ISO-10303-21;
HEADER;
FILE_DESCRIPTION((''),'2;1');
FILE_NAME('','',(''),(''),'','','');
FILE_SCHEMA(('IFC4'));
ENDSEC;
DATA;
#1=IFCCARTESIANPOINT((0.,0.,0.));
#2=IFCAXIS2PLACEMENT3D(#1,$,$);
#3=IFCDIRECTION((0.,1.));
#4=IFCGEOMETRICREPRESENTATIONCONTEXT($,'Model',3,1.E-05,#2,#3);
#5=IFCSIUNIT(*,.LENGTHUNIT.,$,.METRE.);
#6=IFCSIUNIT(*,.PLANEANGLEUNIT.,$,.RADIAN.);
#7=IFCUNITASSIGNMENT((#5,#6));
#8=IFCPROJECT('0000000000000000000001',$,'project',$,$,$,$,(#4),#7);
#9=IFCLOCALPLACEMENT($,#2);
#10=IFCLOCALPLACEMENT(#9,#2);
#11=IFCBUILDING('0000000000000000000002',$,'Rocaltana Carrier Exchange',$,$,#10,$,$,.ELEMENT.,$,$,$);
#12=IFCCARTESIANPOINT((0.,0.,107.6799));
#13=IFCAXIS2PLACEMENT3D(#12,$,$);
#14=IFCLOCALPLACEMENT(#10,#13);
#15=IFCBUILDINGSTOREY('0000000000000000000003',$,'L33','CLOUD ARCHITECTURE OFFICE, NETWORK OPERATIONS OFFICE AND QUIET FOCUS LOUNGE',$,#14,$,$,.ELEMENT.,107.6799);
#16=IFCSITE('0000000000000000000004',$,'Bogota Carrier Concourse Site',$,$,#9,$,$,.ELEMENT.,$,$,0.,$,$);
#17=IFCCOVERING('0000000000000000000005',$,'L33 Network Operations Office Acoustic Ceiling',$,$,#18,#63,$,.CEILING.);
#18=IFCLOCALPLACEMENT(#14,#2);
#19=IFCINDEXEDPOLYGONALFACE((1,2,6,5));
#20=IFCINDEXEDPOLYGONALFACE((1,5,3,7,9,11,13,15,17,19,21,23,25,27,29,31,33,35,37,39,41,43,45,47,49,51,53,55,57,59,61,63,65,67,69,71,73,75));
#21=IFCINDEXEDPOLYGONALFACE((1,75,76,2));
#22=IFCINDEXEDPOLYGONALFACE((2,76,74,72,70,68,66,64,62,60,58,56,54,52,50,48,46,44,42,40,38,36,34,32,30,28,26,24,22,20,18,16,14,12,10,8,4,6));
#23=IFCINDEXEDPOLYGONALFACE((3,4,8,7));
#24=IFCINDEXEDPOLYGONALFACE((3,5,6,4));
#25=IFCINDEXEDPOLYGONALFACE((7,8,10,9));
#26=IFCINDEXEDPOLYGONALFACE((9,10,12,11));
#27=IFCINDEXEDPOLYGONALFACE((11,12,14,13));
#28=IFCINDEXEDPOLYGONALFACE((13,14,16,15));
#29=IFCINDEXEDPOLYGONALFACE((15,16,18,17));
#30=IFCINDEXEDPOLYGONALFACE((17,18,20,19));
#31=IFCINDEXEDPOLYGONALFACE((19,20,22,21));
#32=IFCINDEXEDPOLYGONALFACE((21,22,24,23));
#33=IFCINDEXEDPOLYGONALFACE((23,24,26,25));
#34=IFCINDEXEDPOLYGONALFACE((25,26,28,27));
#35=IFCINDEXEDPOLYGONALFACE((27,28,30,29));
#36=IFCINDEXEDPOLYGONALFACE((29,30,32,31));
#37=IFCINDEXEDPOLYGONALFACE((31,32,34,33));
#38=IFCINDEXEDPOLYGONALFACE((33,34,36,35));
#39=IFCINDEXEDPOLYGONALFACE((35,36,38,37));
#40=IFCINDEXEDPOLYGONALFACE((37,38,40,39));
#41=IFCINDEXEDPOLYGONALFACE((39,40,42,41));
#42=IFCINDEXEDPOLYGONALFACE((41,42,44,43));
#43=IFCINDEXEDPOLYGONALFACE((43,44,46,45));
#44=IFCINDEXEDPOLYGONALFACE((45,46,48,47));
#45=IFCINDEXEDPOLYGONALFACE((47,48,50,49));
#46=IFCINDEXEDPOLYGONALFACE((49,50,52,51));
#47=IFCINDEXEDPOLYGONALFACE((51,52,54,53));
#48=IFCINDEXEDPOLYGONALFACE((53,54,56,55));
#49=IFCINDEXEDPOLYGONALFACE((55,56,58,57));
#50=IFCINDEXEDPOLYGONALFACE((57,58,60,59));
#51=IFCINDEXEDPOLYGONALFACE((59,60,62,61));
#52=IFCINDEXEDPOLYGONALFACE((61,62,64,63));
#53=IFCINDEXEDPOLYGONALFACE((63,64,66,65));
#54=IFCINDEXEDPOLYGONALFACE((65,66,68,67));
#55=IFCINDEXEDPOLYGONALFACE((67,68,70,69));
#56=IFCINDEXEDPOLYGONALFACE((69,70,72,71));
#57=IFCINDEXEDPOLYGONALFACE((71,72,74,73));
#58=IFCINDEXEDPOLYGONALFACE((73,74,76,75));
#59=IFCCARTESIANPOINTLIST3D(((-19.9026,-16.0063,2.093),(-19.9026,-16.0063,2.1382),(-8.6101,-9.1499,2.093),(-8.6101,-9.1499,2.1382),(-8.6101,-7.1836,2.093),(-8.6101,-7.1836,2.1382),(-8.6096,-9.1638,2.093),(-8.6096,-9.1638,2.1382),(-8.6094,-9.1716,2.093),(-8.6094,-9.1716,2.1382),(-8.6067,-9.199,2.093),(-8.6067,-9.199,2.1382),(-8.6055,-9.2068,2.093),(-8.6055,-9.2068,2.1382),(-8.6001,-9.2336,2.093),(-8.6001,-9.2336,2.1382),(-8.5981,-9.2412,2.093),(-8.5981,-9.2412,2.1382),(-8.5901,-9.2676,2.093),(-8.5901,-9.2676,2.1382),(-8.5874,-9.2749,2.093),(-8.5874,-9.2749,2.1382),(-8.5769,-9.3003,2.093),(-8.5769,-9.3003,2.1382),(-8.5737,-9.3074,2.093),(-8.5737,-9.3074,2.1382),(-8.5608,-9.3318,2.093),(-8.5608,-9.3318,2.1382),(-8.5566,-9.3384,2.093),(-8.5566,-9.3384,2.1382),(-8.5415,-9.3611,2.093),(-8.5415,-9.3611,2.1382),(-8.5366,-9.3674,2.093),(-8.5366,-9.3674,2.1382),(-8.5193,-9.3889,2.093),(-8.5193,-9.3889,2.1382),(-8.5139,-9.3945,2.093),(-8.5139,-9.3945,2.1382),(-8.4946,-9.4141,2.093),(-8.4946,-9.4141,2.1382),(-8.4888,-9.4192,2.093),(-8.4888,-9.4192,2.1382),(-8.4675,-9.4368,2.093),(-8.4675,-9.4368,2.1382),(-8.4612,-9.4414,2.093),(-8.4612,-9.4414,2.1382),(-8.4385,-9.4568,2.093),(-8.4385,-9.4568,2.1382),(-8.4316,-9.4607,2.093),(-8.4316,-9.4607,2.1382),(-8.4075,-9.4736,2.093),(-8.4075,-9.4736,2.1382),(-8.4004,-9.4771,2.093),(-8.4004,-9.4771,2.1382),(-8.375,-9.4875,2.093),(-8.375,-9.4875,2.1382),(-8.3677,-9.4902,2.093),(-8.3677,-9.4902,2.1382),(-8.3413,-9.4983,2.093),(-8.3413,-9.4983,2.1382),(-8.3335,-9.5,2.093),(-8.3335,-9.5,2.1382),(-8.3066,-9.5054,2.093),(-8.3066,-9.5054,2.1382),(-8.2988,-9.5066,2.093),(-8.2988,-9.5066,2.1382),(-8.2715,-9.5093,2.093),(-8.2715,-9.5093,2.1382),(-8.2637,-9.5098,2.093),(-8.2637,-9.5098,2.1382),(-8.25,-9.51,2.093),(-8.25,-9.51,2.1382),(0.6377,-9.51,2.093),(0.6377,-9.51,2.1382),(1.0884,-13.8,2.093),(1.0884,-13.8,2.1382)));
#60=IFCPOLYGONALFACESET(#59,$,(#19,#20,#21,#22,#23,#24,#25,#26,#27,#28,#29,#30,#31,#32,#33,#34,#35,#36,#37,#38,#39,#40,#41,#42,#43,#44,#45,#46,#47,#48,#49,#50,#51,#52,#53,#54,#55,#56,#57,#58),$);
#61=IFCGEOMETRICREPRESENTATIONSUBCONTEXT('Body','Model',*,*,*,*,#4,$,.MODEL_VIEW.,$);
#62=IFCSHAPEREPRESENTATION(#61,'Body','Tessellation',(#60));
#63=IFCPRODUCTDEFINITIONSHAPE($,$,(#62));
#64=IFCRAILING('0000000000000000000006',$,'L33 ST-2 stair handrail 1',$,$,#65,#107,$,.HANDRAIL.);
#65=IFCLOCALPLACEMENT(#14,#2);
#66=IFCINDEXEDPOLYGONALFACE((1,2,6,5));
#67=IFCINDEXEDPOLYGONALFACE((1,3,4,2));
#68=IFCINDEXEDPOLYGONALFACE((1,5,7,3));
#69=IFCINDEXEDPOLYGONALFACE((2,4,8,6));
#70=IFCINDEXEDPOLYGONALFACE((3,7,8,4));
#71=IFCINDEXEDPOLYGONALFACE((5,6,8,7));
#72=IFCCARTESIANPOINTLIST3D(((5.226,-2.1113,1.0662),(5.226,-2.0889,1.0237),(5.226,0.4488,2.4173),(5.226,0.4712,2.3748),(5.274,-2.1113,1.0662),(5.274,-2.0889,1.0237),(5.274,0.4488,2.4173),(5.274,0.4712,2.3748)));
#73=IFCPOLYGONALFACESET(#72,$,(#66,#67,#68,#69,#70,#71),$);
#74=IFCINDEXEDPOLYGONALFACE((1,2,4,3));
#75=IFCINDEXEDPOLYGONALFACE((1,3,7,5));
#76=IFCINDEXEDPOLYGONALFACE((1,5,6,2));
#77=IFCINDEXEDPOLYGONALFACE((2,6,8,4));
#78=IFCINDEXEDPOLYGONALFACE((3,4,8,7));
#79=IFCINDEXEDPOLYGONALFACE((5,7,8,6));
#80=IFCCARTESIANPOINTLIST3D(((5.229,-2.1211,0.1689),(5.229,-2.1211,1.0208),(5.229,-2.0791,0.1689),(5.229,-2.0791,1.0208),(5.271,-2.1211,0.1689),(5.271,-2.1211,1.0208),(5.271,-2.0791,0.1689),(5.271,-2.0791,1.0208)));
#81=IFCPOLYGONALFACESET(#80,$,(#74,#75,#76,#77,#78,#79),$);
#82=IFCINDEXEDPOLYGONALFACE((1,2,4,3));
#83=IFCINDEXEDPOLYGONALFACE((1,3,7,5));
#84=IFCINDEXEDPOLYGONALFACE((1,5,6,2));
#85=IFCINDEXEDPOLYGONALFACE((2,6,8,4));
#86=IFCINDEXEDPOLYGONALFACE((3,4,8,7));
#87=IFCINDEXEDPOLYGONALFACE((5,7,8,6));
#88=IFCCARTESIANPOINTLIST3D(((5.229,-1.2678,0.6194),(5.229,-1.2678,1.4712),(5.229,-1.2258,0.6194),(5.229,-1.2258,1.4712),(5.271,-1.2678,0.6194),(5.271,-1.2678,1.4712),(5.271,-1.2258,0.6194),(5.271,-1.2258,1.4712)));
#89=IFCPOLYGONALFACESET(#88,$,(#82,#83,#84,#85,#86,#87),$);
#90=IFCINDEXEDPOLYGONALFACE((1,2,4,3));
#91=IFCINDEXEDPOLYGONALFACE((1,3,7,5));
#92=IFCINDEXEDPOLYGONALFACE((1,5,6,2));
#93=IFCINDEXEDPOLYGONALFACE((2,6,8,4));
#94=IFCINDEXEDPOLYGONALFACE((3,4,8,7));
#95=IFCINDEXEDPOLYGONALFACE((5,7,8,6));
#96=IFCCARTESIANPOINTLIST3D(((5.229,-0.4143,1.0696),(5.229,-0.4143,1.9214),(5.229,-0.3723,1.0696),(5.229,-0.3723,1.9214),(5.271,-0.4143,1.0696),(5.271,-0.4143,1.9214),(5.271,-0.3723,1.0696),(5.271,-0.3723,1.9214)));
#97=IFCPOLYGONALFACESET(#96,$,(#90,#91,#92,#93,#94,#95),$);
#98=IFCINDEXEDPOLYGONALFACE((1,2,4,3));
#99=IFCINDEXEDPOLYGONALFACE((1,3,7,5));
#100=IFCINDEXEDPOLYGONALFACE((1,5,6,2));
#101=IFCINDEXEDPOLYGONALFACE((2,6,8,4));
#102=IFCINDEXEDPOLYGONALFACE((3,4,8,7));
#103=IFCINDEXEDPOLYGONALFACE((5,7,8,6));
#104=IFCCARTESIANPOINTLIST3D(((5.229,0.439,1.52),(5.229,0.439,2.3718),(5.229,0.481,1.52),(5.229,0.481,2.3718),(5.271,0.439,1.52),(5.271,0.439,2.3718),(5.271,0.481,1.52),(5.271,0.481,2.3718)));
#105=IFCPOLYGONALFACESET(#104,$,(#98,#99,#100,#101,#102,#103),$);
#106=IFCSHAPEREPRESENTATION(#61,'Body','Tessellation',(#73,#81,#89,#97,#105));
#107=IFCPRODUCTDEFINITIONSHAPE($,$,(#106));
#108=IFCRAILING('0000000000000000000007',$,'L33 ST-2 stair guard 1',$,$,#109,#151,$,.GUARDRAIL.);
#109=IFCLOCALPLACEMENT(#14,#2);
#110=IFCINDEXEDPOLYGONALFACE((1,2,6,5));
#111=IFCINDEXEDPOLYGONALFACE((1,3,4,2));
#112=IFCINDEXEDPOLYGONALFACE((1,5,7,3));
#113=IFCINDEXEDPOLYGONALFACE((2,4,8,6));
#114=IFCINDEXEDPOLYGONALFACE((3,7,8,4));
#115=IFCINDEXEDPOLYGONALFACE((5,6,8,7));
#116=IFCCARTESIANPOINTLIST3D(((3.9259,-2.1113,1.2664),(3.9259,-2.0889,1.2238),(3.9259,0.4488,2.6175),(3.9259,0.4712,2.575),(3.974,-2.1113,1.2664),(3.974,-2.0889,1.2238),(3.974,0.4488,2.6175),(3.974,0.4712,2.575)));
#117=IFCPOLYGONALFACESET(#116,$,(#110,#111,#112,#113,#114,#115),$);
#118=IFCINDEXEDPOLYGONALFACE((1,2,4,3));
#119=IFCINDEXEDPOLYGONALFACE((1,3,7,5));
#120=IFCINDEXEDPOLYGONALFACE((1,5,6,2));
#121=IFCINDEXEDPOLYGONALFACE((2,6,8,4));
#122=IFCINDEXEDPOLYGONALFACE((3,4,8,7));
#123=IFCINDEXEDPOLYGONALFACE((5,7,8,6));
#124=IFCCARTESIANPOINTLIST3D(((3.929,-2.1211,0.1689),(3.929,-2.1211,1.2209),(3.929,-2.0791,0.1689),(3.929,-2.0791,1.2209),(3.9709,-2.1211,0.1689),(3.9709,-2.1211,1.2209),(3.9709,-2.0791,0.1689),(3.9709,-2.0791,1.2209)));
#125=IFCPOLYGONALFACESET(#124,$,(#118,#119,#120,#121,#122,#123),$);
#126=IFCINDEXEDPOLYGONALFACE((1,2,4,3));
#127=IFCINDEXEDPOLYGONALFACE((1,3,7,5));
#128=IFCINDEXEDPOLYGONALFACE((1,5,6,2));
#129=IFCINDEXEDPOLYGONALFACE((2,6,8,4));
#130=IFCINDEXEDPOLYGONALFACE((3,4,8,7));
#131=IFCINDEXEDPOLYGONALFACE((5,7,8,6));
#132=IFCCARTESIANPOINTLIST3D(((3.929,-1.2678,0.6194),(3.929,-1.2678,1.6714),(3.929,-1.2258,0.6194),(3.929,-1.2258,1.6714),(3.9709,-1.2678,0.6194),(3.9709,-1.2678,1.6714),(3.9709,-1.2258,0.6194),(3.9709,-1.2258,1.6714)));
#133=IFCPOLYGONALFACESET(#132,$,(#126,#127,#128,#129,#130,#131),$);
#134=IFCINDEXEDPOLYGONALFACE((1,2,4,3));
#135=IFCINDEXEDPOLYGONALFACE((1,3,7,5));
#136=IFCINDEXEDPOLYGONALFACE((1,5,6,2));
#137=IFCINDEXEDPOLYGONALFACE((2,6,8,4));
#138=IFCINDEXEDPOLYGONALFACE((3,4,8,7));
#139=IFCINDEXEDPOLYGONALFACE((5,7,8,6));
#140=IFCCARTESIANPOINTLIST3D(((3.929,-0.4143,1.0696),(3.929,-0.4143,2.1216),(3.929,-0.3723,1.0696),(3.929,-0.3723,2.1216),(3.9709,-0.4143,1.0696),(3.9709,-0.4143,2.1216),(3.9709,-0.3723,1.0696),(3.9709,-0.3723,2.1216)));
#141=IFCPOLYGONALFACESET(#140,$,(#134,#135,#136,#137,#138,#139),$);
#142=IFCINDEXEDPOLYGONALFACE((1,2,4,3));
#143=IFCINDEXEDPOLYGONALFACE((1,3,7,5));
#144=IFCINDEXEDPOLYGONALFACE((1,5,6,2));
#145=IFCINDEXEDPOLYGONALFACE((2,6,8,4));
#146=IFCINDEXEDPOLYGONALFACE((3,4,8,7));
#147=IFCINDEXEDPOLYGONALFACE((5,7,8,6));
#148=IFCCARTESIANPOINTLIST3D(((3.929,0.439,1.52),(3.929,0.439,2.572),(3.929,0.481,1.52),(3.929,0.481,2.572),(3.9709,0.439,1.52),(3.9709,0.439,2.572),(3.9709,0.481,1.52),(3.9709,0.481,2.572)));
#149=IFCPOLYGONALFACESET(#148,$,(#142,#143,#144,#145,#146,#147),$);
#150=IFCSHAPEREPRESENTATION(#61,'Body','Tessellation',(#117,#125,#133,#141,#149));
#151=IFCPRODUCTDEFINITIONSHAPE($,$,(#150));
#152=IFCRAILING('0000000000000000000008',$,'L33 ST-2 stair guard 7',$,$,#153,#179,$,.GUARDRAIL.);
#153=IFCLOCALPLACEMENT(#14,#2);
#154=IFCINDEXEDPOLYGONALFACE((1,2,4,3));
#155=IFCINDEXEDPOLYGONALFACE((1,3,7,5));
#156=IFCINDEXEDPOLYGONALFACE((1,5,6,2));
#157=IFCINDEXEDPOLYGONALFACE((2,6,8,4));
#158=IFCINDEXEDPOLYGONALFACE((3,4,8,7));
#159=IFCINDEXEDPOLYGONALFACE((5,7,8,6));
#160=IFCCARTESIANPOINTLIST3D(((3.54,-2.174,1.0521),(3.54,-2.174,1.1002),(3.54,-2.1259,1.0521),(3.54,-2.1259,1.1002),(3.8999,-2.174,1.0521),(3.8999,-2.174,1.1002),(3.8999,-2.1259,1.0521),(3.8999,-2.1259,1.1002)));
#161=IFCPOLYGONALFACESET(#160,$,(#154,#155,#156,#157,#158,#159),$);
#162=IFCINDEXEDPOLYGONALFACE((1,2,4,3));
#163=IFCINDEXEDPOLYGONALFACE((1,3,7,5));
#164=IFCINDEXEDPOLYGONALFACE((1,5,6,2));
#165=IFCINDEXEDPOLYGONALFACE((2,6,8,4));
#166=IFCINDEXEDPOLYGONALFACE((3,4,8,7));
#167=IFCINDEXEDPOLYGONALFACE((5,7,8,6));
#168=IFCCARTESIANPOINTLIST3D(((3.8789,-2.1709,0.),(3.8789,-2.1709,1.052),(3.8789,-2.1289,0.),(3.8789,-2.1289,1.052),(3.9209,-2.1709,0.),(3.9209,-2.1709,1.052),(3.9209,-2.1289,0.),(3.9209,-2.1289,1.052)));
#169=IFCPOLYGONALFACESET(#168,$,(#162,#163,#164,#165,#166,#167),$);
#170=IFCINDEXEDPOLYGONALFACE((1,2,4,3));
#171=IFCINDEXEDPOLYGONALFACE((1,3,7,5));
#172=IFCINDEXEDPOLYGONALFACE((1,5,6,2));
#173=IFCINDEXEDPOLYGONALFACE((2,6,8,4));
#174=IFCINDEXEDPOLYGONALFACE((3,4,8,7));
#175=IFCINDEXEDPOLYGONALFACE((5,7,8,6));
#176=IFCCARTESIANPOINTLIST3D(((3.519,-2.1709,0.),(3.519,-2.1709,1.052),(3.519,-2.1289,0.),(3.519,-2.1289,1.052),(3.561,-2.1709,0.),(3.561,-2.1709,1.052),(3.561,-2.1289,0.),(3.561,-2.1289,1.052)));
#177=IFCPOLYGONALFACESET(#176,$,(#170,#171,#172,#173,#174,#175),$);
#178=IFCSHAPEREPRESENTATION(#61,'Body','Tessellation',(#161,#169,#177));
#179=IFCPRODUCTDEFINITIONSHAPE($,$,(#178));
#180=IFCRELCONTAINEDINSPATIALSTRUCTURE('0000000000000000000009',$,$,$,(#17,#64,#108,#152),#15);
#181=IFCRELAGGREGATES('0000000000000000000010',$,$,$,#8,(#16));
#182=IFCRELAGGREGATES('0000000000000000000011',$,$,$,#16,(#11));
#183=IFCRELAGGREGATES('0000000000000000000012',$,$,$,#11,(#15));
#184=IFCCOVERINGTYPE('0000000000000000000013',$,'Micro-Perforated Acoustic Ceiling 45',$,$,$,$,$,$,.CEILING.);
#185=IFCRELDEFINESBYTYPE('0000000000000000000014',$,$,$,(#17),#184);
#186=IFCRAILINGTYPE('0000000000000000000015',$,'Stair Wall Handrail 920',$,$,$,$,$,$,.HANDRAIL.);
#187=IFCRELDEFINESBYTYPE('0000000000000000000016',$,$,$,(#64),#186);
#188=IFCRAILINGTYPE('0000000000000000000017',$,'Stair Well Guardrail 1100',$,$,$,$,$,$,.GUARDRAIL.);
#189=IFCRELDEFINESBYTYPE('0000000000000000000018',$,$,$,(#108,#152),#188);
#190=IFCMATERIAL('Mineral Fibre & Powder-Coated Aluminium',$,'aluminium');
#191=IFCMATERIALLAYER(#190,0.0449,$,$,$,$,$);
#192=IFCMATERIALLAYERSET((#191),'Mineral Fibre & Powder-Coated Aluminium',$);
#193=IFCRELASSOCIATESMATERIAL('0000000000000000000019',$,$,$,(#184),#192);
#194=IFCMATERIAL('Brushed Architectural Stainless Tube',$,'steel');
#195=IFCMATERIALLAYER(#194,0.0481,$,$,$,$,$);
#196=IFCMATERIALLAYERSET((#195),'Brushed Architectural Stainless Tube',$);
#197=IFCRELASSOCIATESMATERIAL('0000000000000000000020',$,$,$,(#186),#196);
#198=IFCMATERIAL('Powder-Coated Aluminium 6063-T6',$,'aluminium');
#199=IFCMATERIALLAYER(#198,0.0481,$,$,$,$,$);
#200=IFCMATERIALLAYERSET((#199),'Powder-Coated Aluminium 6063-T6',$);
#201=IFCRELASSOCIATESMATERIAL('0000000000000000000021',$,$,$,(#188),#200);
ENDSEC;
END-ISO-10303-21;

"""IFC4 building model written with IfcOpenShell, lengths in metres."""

from ifc_helpers import new_model, si_unit, direction, frame, origin, origin_2d, place, context, subcontext, project, spatial, polyline, rectangle, outline, extrude, material, layer, layer_set, type_object, element, save


model = new_model("IFC4")

# Units and contexts
model_context = context("Model", 3, precision=1e-05, world=origin(), true_north=direction((0.0, 1.0)))
body_context = subcontext(model_context, "Body", "Model", "MODEL_VIEW")
ifc_project = project(units=[si_unit("LENGTHUNIT", "METRE"), si_unit("PLANEANGLEUNIT", "RADIAN")], contexts=[model_context])

# Site, building, storey
site_placement = place(None, origin())
site = spatial("IfcSite", under=ifc_project, at=site_placement, Name="Bogota Carrier Concourse Site", CompositionType="ELEMENT", RefElevation=0.0)
building_placement = place(site_placement, origin())
building = spatial("IfcBuilding", under=site, at=building_placement, Name="Rocaltana Carrier Exchange", CompositionType="ELEMENT")
storey_placement = place(building_placement, frame((0.0, 0.0, 107.6799)))
storey = spatial("IfcBuildingStorey", under=building, at=storey_placement, Name="L33", Description="CLOUD ARCHITECTURE OFFICE, NETWORK OPERATIONS OFFICE AND QUIET FOCUS LOUNGE", CompositionType="ELEMENT", Elevation=107.6799)

# Covering
ifc_material_1 = material(Name="Mineral Fibre & Powder-Coated Aluminium", Category="aluminium")
ifc_layer_1 = layer(ifc_material_1, 0.0449)
ifc_layer_set_1 = layer_set([ifc_layer_1], Name="Mineral Fibre & Powder-Coated Aluminium")
covering_type_1 = type_object("IfcCoveringType", Name="Micro-Perforated Acoustic Ceiling 45", PredefinedType="CEILING", material=ifc_layer_set_1)
covering_1_placement = place(storey_placement, frame((0.0, 0.0, 2.093)))
element("IfcCovering", 1, at=covering_1_placement, inside=storey, type_object=covering_type_1, Name="L33 Network Operations Office Acoustic Ceiling", PredefinedType="CEILING", context=body_context, shape_type="SweptSolid", body=[
    extrude(outline(polyline([(-19.9026, -16.0063), (-8.6101, -7.1836), (-8.6101, -9.1499), (-8.6096, -9.1638), (-8.6094, -9.1716), (-8.6067, -9.199), (-8.6055, -9.2068), (-8.6001, -9.2336), (-8.5981, -9.2412), (-8.5901, -9.2676), (-8.5874, -9.2749), (-8.5769, -9.3003), (-8.5737, -9.3074), (-8.5608, -9.3318), (-8.5566, -9.3384), (-8.5415, -9.3611), (-8.5366, -9.3674), (-8.5193, -9.3889), (-8.5139, -9.3945), (-8.4946, -9.4141), (-8.4888, -9.4192), (-8.4675, -9.4368), (-8.4612, -9.4414), (-8.4385, -9.4568), (-8.4316, -9.4607), (-8.4075, -9.4736), (-8.4004, -9.4771), (-8.375, -9.4875), (-8.3677, -9.4902), (-8.3413, -9.4983), (-8.3335, -9.5), (-8.3066, -9.5054), (-8.2988, -9.5066), (-8.2715, -9.5093), (-8.2637, -9.5098), (-8.25, -9.51), (0.6377, -9.51), (1.0884, -13.8), (-19.9026, -16.0063)])), origin(), (0.0, 0.0, 1.0), 0.0452),
])

# Railings
ifc_material_2 = material(Name="Brushed Architectural Stainless Tube", Category="steel")
ifc_layer_2 = layer(ifc_material_2, 0.0481)
ifc_layer_set_2 = layer_set([ifc_layer_2], Name="Brushed Architectural Stainless Tube")
railing_type_1 = type_object("IfcRailingType", Name="Stair Wall Handrail 920", PredefinedType="HANDRAIL", material=ifc_layer_set_2)
railing_1_placement = place(storey_placement, frame((5.25, -2.1001, 0.1689)))
element("IfcRailing", 2, at=railing_1_placement, inside=storey, type_object=railing_type_1, Name="L33 ST-2 stair handrail 1", PredefinedType="HANDRAIL", context=body_context, shape_type="SweptSolid", body=[
    extrude(rectangle(XDim=0.0481, YDim=0.0481, at=origin_2d()), frame((0.0, 0.0, 0.876), z_axis=(0.0, 0.884394, 0.46674), x_axis=(-1.0, 0.0, 0.0)), (0.0, 0.0, 1.0), 2.8948),
    extrude(rectangle(XDim=0.042, YDim=0.042, at=origin_2d()), origin(), (0.0, 0.0, 1.0), 0.8518),
    extrude(rectangle(XDim=0.042, YDim=0.042, at=origin_2d()), frame((0.0, 0.8533, 0.4504)), (0.0, 0.0, 1.0), 0.8518),
    extrude(rectangle(XDim=0.042, YDim=0.042, at=origin_2d()), frame((0.0, 1.7068, 0.9006)), (0.0, 0.0, 1.0), 0.8518),
    extrude(rectangle(XDim=0.042, YDim=0.042, at=origin_2d()), frame((0.0, 2.5601, 1.3511)), (0.0, 0.0, 1.0), 0.8518),
])
ifc_material_3 = material(Name="Powder-Coated Aluminium 6063-T6", Category="aluminium")
ifc_layer_3 = layer(ifc_material_3, 0.0481)
ifc_layer_set_3 = layer_set([ifc_layer_3], Name="Powder-Coated Aluminium 6063-T6")
railing_type_2 = type_object("IfcRailingType", Name="Stair Well Guardrail 1100", PredefinedType="GUARDRAIL", material=ifc_layer_set_3)
railing_2_placement = place(storey_placement, frame((3.95, -2.1001, 0.1689)))
element("IfcRailing", 3, at=railing_2_placement, inside=storey, type_object=railing_type_2, Name="L33 ST-2 stair guard 1", PredefinedType="GUARDRAIL", context=body_context, shape_type="SweptSolid", body=[
    extrude(rectangle(XDim=0.0481, YDim=0.0481, at=origin_2d()), frame((0.0, 0.0, 1.0762), z_axis=(0.0, 0.884394, 0.46674), x_axis=(-1.0, 0.0, 0.0)), (0.0, 0.0, 1.0), 2.8948),
    extrude(rectangle(XDim=0.042, YDim=0.042, at=origin_2d()), origin(), (0.0, 0.0, 1.0), 1.052),
    extrude(rectangle(XDim=0.042, YDim=0.042, at=origin_2d()), frame((0.0, 0.8533, 0.4504)), (0.0, 0.0, 1.0), 1.052),
    extrude(rectangle(XDim=0.042, YDim=0.042, at=origin_2d()), frame((0.0, 1.7068, 0.9006)), (0.0, 0.0, 1.0), 1.052),
    extrude(rectangle(XDim=0.042, YDim=0.042, at=origin_2d()), frame((0.0, 2.5601, 1.3511)), (0.0, 0.0, 1.0), 1.052),
])
railing_3_placement = place(storey_placement, frame((3.8999, -2.1499, 0.0)))
element("IfcRailing", 4, at=railing_3_placement, inside=storey, type_object=railing_type_2, Name="L33 ST-2 stair guard 7", PredefinedType="GUARDRAIL", context=body_context, shape_type="SweptSolid", body=[
    extrude(rectangle(XDim=0.0481, YDim=0.0481, at=origin_2d()), frame((0.0, 0.0, 1.0762), z_axis=(-1.0, 0.0, 0.0), x_axis=(0.0, -1.0, 0.0)), (0.0, 0.0, 1.0), 0.3599),
    extrude(rectangle(XDim=0.042, YDim=0.042, at=origin_2d()), origin(), (0.0, 0.0, 1.0), 1.052),
    extrude(rectangle(XDim=0.042, YDim=0.042, at=origin_2d()), frame((-0.3599, 0.0, 0.0)), (0.0, 0.0, 1.0), 1.052),
])

save(model, "model.ifc")
